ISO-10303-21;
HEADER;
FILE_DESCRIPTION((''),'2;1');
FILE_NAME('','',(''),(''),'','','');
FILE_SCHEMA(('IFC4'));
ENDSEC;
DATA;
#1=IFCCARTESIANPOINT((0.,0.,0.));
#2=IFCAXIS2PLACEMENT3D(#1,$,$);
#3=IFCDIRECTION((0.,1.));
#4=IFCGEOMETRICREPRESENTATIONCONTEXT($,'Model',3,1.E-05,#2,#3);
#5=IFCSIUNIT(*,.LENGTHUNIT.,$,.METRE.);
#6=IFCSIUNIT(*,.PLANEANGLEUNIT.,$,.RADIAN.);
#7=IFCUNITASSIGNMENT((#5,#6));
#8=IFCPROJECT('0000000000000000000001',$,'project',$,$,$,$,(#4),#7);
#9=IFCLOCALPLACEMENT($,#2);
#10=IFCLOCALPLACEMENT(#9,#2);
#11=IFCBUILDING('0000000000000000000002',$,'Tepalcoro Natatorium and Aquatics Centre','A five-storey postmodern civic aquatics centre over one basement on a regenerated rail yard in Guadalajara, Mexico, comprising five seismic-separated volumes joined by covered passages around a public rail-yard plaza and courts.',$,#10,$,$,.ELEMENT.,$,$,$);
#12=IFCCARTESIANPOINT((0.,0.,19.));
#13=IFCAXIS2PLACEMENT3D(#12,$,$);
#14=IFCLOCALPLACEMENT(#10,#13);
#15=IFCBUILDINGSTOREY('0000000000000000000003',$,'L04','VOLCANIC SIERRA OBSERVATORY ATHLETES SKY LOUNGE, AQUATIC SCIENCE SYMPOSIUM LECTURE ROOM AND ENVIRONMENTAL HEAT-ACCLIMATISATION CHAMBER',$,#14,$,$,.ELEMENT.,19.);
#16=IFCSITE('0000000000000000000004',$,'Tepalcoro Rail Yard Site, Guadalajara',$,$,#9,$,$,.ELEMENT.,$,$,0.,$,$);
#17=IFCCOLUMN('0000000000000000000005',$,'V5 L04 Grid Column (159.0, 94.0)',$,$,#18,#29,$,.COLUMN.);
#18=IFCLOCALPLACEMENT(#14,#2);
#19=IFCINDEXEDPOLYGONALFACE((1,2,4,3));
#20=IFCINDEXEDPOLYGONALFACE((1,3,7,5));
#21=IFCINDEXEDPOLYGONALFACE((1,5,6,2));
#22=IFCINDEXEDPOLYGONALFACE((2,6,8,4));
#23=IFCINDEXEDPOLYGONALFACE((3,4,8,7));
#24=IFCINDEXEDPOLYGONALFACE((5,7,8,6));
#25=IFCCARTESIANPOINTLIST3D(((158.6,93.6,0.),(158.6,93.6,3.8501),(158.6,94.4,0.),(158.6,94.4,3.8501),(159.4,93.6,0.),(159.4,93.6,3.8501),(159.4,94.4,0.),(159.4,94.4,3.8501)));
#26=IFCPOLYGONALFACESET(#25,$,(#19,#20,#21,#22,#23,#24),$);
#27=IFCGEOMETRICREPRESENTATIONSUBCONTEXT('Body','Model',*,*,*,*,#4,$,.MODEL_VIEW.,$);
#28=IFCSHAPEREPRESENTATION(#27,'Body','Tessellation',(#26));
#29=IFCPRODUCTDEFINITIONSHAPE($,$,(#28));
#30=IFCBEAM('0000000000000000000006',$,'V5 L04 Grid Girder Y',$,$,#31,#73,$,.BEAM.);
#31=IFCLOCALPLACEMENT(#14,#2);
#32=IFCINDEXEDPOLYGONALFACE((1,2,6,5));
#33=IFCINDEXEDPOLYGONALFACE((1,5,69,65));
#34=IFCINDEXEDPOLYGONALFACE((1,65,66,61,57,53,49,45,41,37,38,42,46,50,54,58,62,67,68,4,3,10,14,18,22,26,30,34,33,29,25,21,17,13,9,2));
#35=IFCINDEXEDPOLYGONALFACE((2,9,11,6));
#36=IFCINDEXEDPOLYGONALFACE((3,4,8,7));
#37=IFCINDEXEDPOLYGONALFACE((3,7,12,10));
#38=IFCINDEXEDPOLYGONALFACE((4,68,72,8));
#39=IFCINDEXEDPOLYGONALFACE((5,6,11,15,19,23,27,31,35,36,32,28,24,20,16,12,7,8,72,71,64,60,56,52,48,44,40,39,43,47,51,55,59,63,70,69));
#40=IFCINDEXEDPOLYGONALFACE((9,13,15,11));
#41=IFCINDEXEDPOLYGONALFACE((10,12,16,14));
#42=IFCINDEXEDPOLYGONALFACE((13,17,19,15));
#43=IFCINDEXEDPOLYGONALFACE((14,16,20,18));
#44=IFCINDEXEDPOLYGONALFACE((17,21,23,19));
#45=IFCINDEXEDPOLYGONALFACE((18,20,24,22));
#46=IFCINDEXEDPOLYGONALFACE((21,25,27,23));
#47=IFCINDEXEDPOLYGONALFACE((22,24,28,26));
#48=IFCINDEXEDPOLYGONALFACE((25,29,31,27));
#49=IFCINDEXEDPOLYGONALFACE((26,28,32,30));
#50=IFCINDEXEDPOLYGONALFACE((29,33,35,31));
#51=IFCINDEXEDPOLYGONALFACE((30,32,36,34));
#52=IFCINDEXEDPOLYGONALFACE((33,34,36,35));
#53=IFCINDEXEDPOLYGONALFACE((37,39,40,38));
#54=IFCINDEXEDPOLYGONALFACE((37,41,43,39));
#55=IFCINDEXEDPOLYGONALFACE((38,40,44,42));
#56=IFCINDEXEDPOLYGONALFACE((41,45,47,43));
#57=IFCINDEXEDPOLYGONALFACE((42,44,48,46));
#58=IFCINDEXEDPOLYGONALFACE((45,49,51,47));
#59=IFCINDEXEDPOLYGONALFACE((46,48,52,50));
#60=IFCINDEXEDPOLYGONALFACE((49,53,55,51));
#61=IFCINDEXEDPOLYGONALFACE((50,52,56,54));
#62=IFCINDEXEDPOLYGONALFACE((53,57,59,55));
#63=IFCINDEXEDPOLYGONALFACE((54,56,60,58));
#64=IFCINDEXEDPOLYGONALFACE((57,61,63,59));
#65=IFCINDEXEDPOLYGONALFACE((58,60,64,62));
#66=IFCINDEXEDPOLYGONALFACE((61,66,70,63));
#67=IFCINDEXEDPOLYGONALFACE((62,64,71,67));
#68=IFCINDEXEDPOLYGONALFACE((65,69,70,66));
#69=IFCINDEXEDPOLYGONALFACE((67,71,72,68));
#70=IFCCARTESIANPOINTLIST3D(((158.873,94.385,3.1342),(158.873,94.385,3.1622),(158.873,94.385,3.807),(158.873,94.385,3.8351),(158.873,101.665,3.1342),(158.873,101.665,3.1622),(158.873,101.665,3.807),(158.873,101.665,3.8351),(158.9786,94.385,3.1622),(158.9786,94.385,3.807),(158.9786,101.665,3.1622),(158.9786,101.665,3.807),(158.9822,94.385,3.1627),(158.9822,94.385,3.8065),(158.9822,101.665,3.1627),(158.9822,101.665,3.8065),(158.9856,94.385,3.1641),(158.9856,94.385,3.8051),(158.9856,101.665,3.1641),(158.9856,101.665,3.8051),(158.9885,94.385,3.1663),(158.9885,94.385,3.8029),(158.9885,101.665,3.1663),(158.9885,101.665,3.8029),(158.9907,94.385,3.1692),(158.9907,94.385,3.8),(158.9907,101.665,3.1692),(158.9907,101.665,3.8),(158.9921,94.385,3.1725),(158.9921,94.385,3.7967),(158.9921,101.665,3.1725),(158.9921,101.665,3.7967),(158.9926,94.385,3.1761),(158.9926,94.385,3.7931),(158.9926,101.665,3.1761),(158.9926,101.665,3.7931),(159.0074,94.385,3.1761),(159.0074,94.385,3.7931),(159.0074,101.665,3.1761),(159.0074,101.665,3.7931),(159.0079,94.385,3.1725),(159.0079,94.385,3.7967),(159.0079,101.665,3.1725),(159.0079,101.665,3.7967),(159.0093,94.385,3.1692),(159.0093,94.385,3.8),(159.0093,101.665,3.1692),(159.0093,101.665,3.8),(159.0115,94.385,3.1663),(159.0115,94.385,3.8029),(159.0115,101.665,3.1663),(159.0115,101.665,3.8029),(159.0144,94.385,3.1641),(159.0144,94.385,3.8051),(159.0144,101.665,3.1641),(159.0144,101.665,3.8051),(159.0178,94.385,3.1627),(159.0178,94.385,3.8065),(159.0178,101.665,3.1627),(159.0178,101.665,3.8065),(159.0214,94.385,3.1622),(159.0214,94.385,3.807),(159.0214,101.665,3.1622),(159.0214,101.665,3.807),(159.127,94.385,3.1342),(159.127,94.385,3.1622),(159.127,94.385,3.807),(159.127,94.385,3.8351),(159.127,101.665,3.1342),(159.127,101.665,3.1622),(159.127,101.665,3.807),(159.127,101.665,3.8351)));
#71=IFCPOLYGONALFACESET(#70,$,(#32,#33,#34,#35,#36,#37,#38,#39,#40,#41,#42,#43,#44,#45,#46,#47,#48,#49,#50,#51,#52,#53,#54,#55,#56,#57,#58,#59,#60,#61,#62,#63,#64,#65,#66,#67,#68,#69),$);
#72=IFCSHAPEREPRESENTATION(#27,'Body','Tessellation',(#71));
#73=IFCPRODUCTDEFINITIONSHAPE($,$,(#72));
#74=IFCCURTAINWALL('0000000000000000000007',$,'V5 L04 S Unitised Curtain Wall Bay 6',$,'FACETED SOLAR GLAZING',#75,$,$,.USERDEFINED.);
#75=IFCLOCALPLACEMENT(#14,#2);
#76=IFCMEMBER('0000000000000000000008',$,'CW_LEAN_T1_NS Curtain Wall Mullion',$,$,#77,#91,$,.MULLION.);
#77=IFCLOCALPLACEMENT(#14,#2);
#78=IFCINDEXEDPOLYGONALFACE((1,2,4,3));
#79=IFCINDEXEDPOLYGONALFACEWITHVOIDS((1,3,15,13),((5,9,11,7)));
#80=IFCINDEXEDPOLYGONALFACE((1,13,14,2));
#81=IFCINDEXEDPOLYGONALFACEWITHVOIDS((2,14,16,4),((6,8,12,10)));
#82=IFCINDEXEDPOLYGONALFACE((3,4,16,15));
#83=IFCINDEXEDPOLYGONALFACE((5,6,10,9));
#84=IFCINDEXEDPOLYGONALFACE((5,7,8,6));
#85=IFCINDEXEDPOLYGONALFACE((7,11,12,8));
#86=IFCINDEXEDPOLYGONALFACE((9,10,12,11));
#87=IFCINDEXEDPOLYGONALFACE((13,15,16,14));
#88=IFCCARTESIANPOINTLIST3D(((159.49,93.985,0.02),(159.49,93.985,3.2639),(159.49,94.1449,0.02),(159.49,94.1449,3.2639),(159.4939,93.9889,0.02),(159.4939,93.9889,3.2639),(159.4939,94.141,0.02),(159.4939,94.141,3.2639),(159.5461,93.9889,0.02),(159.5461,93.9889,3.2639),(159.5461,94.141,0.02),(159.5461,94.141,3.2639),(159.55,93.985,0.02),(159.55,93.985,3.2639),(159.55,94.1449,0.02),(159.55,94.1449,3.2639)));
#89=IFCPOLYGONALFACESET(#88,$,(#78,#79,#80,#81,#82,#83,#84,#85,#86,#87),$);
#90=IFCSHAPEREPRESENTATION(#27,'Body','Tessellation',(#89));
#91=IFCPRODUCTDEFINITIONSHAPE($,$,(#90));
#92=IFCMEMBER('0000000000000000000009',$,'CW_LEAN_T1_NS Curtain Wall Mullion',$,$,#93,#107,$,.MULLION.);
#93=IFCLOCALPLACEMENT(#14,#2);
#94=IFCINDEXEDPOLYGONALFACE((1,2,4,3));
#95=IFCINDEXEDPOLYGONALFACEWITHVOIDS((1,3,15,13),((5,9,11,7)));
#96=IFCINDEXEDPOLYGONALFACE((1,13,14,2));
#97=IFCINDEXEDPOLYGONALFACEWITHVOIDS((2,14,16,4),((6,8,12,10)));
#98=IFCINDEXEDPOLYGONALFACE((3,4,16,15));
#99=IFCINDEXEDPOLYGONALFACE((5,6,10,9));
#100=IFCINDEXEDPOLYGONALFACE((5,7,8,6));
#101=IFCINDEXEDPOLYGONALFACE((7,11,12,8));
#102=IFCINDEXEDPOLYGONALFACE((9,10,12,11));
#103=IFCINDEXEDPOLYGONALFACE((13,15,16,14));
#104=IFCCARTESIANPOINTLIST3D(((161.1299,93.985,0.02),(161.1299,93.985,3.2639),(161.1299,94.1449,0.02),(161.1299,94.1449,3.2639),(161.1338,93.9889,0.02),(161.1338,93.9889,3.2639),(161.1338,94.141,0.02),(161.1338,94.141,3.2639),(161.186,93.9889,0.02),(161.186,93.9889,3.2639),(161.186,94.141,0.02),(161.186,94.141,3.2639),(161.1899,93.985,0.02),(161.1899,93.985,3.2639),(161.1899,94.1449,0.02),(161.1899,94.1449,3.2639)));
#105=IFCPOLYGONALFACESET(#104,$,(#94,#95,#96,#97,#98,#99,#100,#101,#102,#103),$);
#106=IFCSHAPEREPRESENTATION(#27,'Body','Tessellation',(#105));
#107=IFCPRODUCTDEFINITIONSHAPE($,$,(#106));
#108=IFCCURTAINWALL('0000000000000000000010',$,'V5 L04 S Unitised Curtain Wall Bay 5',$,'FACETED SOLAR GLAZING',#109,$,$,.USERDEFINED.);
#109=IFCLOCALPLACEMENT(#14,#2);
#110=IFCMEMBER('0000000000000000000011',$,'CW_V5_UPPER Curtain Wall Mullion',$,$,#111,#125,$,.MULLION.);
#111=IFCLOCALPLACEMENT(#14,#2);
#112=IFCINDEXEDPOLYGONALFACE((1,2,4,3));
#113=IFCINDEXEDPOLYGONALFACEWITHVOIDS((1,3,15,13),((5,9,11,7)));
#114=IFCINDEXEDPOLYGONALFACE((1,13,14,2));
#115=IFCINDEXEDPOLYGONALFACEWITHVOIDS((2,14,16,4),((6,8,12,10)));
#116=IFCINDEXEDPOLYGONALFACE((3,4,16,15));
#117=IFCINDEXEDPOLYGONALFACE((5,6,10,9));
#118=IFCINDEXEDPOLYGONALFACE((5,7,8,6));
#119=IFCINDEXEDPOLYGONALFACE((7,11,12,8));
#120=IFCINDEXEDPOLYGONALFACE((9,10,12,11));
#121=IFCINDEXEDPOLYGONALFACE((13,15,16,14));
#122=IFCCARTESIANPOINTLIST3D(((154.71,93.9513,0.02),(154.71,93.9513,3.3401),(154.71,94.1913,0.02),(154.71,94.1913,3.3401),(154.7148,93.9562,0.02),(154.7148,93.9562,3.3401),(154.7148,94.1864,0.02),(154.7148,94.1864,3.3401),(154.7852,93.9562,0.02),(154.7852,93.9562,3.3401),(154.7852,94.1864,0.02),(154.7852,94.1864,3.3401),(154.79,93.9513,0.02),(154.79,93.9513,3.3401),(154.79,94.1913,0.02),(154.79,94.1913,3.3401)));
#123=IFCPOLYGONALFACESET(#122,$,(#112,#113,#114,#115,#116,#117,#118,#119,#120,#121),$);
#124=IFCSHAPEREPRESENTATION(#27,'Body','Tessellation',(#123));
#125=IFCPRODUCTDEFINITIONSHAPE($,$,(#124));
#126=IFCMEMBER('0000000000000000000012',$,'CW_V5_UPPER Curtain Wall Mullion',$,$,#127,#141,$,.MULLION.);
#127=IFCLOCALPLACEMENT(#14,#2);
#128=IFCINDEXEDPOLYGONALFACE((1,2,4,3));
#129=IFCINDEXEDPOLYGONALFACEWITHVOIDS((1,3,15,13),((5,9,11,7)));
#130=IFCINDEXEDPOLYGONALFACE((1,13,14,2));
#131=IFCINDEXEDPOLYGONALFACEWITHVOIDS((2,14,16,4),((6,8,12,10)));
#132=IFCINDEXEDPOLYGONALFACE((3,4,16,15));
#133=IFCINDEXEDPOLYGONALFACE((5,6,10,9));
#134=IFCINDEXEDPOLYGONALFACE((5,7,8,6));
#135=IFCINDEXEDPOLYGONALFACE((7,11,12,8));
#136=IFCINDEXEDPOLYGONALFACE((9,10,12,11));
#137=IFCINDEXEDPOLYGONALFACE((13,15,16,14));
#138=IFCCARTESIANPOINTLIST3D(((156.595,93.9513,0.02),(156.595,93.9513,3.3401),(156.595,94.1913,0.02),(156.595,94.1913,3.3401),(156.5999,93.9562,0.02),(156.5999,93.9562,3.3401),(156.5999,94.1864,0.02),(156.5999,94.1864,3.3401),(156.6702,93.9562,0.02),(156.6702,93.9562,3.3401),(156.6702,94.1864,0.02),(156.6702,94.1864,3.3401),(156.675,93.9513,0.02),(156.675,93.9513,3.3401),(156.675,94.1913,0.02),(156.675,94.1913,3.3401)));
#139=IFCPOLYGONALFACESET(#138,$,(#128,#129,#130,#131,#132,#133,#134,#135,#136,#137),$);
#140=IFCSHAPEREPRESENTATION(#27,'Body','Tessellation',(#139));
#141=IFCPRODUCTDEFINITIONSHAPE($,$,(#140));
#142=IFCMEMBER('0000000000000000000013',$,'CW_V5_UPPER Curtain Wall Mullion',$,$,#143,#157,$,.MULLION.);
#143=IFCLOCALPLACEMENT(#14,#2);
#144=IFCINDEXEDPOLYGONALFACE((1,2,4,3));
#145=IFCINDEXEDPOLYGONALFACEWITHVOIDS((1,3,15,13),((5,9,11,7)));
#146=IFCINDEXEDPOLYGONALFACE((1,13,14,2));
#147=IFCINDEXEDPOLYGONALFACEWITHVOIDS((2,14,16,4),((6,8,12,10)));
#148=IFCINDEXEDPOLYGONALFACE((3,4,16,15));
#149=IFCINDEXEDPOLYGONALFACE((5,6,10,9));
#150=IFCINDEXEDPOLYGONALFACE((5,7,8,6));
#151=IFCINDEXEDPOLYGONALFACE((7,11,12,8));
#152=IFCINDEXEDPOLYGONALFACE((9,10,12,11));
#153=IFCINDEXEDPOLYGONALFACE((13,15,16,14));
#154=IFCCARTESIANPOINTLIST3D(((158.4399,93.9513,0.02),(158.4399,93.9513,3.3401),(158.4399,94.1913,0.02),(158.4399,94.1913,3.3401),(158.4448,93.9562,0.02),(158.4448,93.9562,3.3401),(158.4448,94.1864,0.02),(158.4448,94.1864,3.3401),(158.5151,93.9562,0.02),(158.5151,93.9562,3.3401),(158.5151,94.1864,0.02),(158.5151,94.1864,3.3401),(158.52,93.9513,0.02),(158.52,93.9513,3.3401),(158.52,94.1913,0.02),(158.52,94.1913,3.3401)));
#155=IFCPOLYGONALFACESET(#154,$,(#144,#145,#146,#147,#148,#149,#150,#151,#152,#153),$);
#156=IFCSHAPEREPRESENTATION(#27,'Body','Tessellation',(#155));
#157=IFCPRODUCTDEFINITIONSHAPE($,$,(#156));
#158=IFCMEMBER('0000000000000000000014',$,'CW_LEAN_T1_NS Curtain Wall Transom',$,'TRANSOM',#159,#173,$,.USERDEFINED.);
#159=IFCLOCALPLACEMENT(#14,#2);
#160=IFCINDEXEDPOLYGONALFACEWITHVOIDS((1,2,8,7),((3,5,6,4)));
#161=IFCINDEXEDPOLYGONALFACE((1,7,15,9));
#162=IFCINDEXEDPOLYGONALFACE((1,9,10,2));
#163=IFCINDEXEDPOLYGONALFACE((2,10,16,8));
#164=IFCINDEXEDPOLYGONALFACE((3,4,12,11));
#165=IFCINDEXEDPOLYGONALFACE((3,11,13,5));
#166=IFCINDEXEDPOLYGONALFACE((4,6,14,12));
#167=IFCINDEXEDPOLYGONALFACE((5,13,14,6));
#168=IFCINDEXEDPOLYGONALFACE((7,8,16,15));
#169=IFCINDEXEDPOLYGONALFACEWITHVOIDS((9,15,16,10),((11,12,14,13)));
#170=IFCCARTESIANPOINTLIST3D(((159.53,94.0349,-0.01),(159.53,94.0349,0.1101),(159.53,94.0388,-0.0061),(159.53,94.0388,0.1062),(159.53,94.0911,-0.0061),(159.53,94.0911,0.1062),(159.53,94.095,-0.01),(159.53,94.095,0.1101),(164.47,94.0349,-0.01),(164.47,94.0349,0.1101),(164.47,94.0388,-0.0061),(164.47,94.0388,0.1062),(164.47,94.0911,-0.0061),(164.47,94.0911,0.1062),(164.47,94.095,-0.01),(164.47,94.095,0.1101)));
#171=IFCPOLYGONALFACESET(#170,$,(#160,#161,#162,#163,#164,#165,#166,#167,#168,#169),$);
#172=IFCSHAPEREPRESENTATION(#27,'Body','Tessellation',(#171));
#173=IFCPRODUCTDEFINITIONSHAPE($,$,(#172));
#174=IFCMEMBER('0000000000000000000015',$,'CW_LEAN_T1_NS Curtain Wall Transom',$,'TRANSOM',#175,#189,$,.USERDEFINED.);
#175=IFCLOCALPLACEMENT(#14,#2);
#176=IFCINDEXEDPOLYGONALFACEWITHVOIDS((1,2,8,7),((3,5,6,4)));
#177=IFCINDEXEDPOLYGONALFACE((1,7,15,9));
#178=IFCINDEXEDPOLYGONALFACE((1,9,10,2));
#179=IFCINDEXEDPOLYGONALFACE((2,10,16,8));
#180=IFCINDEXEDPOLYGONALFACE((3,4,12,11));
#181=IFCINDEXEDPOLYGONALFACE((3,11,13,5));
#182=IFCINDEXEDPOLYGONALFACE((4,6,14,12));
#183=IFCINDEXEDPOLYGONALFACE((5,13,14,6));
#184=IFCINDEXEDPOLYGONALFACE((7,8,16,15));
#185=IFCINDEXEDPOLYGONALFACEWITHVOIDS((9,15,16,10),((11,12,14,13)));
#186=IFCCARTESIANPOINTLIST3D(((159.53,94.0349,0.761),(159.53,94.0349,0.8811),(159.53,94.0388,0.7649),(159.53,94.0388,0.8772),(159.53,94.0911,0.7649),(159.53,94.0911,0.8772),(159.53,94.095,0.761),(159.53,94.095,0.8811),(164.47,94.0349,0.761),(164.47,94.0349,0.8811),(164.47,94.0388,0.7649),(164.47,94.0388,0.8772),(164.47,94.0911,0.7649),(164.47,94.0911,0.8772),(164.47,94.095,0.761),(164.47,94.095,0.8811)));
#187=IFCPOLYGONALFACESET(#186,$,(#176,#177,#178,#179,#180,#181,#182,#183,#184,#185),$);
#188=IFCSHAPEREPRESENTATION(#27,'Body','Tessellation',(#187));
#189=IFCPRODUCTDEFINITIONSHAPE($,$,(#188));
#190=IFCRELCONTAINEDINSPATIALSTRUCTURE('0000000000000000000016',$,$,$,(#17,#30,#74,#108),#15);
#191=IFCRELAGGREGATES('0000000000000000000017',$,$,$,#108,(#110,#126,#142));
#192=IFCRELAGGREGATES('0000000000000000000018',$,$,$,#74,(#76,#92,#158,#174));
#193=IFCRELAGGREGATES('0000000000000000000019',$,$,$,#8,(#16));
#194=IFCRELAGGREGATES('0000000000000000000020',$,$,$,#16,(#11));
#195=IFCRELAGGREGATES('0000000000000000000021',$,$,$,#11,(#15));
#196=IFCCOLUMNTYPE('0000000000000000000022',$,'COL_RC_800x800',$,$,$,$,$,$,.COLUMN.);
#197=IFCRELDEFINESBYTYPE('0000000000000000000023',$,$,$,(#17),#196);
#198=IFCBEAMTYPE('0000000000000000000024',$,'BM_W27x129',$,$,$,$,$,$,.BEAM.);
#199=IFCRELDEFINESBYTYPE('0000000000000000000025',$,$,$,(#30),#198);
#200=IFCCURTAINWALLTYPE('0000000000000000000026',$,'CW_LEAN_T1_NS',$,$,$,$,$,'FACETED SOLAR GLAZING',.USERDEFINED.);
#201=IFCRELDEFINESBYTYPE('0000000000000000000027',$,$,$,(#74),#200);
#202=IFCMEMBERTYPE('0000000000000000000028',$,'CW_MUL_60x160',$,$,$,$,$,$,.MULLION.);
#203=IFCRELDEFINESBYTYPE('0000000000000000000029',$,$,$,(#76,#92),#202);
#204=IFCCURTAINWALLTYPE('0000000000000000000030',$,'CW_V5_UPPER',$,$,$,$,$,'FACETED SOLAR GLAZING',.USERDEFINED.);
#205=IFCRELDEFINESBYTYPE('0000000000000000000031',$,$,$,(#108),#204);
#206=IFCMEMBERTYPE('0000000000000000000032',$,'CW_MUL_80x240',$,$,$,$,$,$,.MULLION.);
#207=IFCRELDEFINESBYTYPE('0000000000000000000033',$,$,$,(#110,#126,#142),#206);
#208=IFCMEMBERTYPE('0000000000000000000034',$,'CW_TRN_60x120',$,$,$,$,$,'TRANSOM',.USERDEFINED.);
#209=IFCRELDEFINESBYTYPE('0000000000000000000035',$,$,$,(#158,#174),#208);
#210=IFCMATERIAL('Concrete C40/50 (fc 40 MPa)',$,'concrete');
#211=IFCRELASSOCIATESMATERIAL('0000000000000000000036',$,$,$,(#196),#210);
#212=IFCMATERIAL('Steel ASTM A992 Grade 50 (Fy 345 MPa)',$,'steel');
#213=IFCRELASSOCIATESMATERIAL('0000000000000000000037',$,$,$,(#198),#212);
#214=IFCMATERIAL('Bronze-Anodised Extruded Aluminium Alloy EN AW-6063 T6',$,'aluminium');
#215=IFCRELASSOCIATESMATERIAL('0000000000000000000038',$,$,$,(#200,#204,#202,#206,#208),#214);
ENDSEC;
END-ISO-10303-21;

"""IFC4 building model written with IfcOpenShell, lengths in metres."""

from ifc_helpers import new_model, si_unit, direction, frame, origin, origin_2d, place, context, subcontext, project, spatial, rectangle, hollow_rectangle, i_section, extrude, material, material_profile, profile_set, type_object, element, aggregate, save


model = new_model("IFC4")

# Units and contexts
model_context = context("Model", 3, precision=1e-05, world=origin(), true_north=direction((0.0, 1.0)))
body_context = subcontext(model_context, "Body", "Model", "MODEL_VIEW")
ifc_project = project(units=[si_unit("LENGTHUNIT", "METRE"), si_unit("PLANEANGLEUNIT", "RADIAN")], contexts=[model_context])

# Site, building, storey
site_placement = place(None, origin())
site = spatial("IfcSite", under=ifc_project, at=site_placement, Name="Tepalcoro Rail Yard Site, Guadalajara", CompositionType="ELEMENT", RefElevation=0.0)
building_placement = place(site_placement, origin())
building = spatial("IfcBuilding", under=site, at=building_placement, Name="Tepalcoro Natatorium and Aquatics Centre", Description="A five-storey postmodern civic aquatics centre over one basement on a regenerated rail yard in Guadalajara, Mexico, comprising five seismic-separated volumes joined by covered passages around a public rail-yard plaza and courts.", CompositionType="ELEMENT")
storey_placement = place(building_placement, frame((0.0, 0.0, 19.0)))
storey = spatial("IfcBuildingStorey", under=building, at=storey_placement, Name="L04", Description="VOLCANIC SIERRA OBSERVATORY ATHLETES SKY LOUNGE, AQUATIC SCIENCE SYMPOSIUM LECTURE ROOM AND ENVIRONMENTAL HEAT-ACCLIMATISATION CHAMBER", CompositionType="ELEMENT", Elevation=19.0)

# Column
ifc_material_1 = material(Name="Concrete C40/50 (fc 40 MPa)", Category="concrete")
ifc_material_profile_1 = material_profile(ifc_material_1, rectangle(XDim=0.8, YDim=0.8, at=origin_2d()), Name="RC800x800")
ifc_profile_set_1 = profile_set([ifc_material_profile_1], Name="Concrete C40/50 (fc 40 MPa)")
column_type = type_object("IfcColumnType", Name="COL_RC_800x800", PredefinedType="COLUMN", material=ifc_profile_set_1)
column_placement = place(storey_placement, frame((159.0, 94.0, 0.0), z_axis=(0.0, 0.0, 1.0), x_axis=(1.0, 0.0, 0.0)))
element("IfcColumn", 1, at=column_placement, inside=storey, type_object=column_type, Name="V5 L04 Grid Column (159.0, 94.0)", PredefinedType="COLUMN", context=body_context, shape_type="SweptSolid", body=[
    extrude(rectangle(XDim=0.8, YDim=0.8, at=origin_2d()), origin(), (0.0, 0.0, 1.0), 3.8501),
])

# Beam
ifc_material_2 = material(Name="Steel ASTM A992 Grade 50 (Fy 345 MPa)", Category="steel")
ifc_material_profile_2 = material_profile(ifc_material_2, i_section(OverallWidth=0.2539, OverallDepth=0.7009, WebThickness=0.0149, FlangeThickness=0.0281, FilletRadius=0.0139, at=origin_2d()), Name="W27X129")
ifc_profile_set_2 = profile_set([ifc_material_profile_2], Name="Steel ASTM A992 Grade 50 (Fy 345 MPa)")
beam_type_1 = type_object("IfcBeamType", Name="BM_W27x129", PredefinedType="BEAM", material=ifc_profile_set_2)
beam_1_placement = place(storey_placement, frame((159.0, 94.385, 3.4846), z_axis=(0.0, 1.0, 0.0), x_axis=(-1.0, 0.0, 0.0)))
element("IfcBeam", 2, at=beam_1_placement, inside=storey, type_object=beam_type_1, Name="V5 L04 Grid Girder Y", PredefinedType="BEAM", context=body_context, shape_type="SweptSolid", body=[
    extrude(i_section(OverallWidth=0.2539, OverallDepth=0.7009, WebThickness=0.0149, FlangeThickness=0.0281, FilletRadius=0.0139, at=origin_2d()), origin(), (0.0, 0.0, 1.0), 7.28),
])

# Curtain walls, members
ifc_material_3 = material(Name="Bronze-Anodised Extruded Aluminium Alloy EN AW-6063 T6", Category="aluminium")
curtain_wall_type_1 = type_object("IfcCurtainWallType", Name="CW_LEAN_T1_NS", ElementType="FACETED SOLAR GLAZING", PredefinedType="USERDEFINED", material=ifc_material_3)
curtain_wall_1_placement = place(storey_placement, origin())
curtain_wall_1 = element("IfcCurtainWall", 3, at=curtain_wall_1_placement, inside=storey, type_object=curtain_wall_type_1, Name="V5 L04 S Unitised Curtain Wall Bay 6", ObjectType="FACETED SOLAR GLAZING", PredefinedType="USERDEFINED")
ifc_material_profile_3 = material_profile(ifc_material_3, hollow_rectangle(XDim=0.0601, YDim=0.1599, WallThickness=0.0039, at=origin_2d()), Name="AL60X160X4")
ifc_profile_set_3 = profile_set([ifc_material_profile_3], Name="Bronze-Anodised Extruded Aluminium Alloy EN AW-6063 T6")
member_type_1 = type_object("IfcMemberType", Name="CW_MUL_60x160", PredefinedType="MULLION", material=ifc_profile_set_3)
member_1_placement = place(storey_placement, frame((159.52, 94.0649, 0.02), z_axis=(0.0, 0.0, 1.0), x_axis=(1.0, 0.0, 0.0)))
member_1 = element("IfcMember", 4, at=member_1_placement, type_object=member_type_1, Name="CW_LEAN_T1_NS Curtain Wall Mullion", PredefinedType="MULLION", context=body_context, shape_type="SweptSolid", body=[
    extrude(hollow_rectangle(XDim=0.0601, YDim=0.1599, WallThickness=0.0039, at=origin_2d()), origin(), (0.0, 0.0, 1.0), 3.2439),
])
member_2_placement = place(storey_placement, frame((161.1599, 94.0649, 0.02), z_axis=(0.0, 0.0, 1.0), x_axis=(1.0, 0.0, 0.0)))
member_2 = element("IfcMember", 5, at=member_2_placement, type_object=member_type_1, Name="CW_LEAN_T1_NS Curtain Wall Mullion", PredefinedType="MULLION", context=body_context, shape_type="SweptSolid", body=[
    extrude(hollow_rectangle(XDim=0.0601, YDim=0.1599, WallThickness=0.0039, at=origin_2d()), origin(), (0.0, 0.0, 1.0), 3.2439),
])
curtain_wall_type_2 = type_object("IfcCurtainWallType", Name="CW_V5_UPPER", ElementType="FACETED SOLAR GLAZING", PredefinedType="USERDEFINED", material=ifc_material_3)
curtain_wall_2_placement = place(storey_placement, origin())
curtain_wall_2 = element("IfcCurtainWall", 6, at=curtain_wall_2_placement, inside=storey, type_object=curtain_wall_type_2, Name="V5 L04 S Unitised Curtain Wall Bay 5", ObjectType="FACETED SOLAR GLAZING", PredefinedType="USERDEFINED")
ifc_material_profile_4 = material_profile(ifc_material_3, hollow_rectangle(XDim=0.0801, YDim=0.24, WallThickness=0.0049, at=origin_2d()), Name="AL80X240X5")
ifc_profile_set_4 = profile_set([ifc_material_profile_4], Name="Bronze-Anodised Extruded Aluminium Alloy EN AW-6063 T6")
member_type_2 = type_object("IfcMemberType", Name="CW_MUL_80x240", PredefinedType="MULLION", material=ifc_profile_set_4)
member_3_placement = place(storey_placement, frame((154.75, 94.0713, 0.02), z_axis=(0.0, 0.0, 1.0), x_axis=(1.0, 0.0, 0.0)))
member_3 = element("IfcMember", 7, at=member_3_placement, type_object=member_type_2, Name="CW_V5_UPPER Curtain Wall Mullion", PredefinedType="MULLION", context=body_context, shape_type="SweptSolid", body=[
    extrude(hollow_rectangle(XDim=0.0801, YDim=0.24, WallThickness=0.0049, at=origin_2d()), origin(), (0.0, 0.0, 1.0), 3.3201),
])
member_4_placement = place(storey_placement, frame((156.635, 94.0713, 0.02), z_axis=(0.0, 0.0, 1.0), x_axis=(1.0, 0.0, 0.0)))
member_4 = element("IfcMember", 8, at=member_4_placement, type_object=member_type_2, Name="CW_V5_UPPER Curtain Wall Mullion", PredefinedType="MULLION", context=body_context, shape_type="SweptSolid", body=[
    extrude(hollow_rectangle(XDim=0.0801, YDim=0.24, WallThickness=0.0049, at=origin_2d()), origin(), (0.0, 0.0, 1.0), 3.3201),
])
member_5_placement = place(storey_placement, frame((158.48, 94.0713, 0.02), z_axis=(0.0, 0.0, 1.0), x_axis=(1.0, 0.0, 0.0)))
member_5 = element("IfcMember", 9, at=member_5_placement, type_object=member_type_2, Name="CW_V5_UPPER Curtain Wall Mullion", PredefinedType="MULLION", context=body_context, shape_type="SweptSolid", body=[
    extrude(hollow_rectangle(XDim=0.0801, YDim=0.24, WallThickness=0.0049, at=origin_2d()), origin(), (0.0, 0.0, 1.0), 3.3201),
])

# Members
ifc_material_profile_5 = material_profile(ifc_material_3, hollow_rectangle(XDim=0.0601, YDim=0.1201, WallThickness=0.0039, at=origin_2d()), Name="AL60X120X4")
ifc_profile_set_5 = profile_set([ifc_material_profile_5], Name="Bronze-Anodised Extruded Aluminium Alloy EN AW-6063 T6")
member_type_3 = type_object("IfcMemberType", Name="CW_TRN_60x120", ElementType="TRANSOM", PredefinedType="USERDEFINED", material=ifc_profile_set_5)
member_6_placement = place(storey_placement, frame((159.53, 94.0649, 0.05), z_axis=(1.0, 0.0, 0.0), x_axis=(0.0, 1.0, 0.0)))
member_6 = element("IfcMember", 10, at=member_6_placement, type_object=member_type_3, Name="CW_LEAN_T1_NS Curtain Wall Transom", ObjectType="TRANSOM", PredefinedType="USERDEFINED", context=body_context, shape_type="SweptSolid", body=[
    extrude(hollow_rectangle(XDim=0.0601, YDim=0.1201, WallThickness=0.0039, at=origin_2d()), origin(), (0.0, 0.0, 1.0), 4.9399),
])
member_7_placement = place(storey_placement, frame((159.53, 94.0649, 0.821), z_axis=(1.0, 0.0, 0.0), x_axis=(0.0, 1.0, 0.0)))
member_7 = element("IfcMember", 11, at=member_7_placement, type_object=member_type_3, Name="CW_LEAN_T1_NS Curtain Wall Transom", ObjectType="TRANSOM", PredefinedType="USERDEFINED", context=body_context, shape_type="SweptSolid", body=[
    extrude(hollow_rectangle(XDim=0.0601, YDim=0.1201, WallThickness=0.0039, at=origin_2d()), origin(), (0.0, 0.0, 1.0), 4.9399),
])

aggregate(curtain_wall_2, [member_3, member_4, member_5])
aggregate(curtain_wall_1, [member_1, member_2, member_6, member_7])

save(model, "model.ifc")
